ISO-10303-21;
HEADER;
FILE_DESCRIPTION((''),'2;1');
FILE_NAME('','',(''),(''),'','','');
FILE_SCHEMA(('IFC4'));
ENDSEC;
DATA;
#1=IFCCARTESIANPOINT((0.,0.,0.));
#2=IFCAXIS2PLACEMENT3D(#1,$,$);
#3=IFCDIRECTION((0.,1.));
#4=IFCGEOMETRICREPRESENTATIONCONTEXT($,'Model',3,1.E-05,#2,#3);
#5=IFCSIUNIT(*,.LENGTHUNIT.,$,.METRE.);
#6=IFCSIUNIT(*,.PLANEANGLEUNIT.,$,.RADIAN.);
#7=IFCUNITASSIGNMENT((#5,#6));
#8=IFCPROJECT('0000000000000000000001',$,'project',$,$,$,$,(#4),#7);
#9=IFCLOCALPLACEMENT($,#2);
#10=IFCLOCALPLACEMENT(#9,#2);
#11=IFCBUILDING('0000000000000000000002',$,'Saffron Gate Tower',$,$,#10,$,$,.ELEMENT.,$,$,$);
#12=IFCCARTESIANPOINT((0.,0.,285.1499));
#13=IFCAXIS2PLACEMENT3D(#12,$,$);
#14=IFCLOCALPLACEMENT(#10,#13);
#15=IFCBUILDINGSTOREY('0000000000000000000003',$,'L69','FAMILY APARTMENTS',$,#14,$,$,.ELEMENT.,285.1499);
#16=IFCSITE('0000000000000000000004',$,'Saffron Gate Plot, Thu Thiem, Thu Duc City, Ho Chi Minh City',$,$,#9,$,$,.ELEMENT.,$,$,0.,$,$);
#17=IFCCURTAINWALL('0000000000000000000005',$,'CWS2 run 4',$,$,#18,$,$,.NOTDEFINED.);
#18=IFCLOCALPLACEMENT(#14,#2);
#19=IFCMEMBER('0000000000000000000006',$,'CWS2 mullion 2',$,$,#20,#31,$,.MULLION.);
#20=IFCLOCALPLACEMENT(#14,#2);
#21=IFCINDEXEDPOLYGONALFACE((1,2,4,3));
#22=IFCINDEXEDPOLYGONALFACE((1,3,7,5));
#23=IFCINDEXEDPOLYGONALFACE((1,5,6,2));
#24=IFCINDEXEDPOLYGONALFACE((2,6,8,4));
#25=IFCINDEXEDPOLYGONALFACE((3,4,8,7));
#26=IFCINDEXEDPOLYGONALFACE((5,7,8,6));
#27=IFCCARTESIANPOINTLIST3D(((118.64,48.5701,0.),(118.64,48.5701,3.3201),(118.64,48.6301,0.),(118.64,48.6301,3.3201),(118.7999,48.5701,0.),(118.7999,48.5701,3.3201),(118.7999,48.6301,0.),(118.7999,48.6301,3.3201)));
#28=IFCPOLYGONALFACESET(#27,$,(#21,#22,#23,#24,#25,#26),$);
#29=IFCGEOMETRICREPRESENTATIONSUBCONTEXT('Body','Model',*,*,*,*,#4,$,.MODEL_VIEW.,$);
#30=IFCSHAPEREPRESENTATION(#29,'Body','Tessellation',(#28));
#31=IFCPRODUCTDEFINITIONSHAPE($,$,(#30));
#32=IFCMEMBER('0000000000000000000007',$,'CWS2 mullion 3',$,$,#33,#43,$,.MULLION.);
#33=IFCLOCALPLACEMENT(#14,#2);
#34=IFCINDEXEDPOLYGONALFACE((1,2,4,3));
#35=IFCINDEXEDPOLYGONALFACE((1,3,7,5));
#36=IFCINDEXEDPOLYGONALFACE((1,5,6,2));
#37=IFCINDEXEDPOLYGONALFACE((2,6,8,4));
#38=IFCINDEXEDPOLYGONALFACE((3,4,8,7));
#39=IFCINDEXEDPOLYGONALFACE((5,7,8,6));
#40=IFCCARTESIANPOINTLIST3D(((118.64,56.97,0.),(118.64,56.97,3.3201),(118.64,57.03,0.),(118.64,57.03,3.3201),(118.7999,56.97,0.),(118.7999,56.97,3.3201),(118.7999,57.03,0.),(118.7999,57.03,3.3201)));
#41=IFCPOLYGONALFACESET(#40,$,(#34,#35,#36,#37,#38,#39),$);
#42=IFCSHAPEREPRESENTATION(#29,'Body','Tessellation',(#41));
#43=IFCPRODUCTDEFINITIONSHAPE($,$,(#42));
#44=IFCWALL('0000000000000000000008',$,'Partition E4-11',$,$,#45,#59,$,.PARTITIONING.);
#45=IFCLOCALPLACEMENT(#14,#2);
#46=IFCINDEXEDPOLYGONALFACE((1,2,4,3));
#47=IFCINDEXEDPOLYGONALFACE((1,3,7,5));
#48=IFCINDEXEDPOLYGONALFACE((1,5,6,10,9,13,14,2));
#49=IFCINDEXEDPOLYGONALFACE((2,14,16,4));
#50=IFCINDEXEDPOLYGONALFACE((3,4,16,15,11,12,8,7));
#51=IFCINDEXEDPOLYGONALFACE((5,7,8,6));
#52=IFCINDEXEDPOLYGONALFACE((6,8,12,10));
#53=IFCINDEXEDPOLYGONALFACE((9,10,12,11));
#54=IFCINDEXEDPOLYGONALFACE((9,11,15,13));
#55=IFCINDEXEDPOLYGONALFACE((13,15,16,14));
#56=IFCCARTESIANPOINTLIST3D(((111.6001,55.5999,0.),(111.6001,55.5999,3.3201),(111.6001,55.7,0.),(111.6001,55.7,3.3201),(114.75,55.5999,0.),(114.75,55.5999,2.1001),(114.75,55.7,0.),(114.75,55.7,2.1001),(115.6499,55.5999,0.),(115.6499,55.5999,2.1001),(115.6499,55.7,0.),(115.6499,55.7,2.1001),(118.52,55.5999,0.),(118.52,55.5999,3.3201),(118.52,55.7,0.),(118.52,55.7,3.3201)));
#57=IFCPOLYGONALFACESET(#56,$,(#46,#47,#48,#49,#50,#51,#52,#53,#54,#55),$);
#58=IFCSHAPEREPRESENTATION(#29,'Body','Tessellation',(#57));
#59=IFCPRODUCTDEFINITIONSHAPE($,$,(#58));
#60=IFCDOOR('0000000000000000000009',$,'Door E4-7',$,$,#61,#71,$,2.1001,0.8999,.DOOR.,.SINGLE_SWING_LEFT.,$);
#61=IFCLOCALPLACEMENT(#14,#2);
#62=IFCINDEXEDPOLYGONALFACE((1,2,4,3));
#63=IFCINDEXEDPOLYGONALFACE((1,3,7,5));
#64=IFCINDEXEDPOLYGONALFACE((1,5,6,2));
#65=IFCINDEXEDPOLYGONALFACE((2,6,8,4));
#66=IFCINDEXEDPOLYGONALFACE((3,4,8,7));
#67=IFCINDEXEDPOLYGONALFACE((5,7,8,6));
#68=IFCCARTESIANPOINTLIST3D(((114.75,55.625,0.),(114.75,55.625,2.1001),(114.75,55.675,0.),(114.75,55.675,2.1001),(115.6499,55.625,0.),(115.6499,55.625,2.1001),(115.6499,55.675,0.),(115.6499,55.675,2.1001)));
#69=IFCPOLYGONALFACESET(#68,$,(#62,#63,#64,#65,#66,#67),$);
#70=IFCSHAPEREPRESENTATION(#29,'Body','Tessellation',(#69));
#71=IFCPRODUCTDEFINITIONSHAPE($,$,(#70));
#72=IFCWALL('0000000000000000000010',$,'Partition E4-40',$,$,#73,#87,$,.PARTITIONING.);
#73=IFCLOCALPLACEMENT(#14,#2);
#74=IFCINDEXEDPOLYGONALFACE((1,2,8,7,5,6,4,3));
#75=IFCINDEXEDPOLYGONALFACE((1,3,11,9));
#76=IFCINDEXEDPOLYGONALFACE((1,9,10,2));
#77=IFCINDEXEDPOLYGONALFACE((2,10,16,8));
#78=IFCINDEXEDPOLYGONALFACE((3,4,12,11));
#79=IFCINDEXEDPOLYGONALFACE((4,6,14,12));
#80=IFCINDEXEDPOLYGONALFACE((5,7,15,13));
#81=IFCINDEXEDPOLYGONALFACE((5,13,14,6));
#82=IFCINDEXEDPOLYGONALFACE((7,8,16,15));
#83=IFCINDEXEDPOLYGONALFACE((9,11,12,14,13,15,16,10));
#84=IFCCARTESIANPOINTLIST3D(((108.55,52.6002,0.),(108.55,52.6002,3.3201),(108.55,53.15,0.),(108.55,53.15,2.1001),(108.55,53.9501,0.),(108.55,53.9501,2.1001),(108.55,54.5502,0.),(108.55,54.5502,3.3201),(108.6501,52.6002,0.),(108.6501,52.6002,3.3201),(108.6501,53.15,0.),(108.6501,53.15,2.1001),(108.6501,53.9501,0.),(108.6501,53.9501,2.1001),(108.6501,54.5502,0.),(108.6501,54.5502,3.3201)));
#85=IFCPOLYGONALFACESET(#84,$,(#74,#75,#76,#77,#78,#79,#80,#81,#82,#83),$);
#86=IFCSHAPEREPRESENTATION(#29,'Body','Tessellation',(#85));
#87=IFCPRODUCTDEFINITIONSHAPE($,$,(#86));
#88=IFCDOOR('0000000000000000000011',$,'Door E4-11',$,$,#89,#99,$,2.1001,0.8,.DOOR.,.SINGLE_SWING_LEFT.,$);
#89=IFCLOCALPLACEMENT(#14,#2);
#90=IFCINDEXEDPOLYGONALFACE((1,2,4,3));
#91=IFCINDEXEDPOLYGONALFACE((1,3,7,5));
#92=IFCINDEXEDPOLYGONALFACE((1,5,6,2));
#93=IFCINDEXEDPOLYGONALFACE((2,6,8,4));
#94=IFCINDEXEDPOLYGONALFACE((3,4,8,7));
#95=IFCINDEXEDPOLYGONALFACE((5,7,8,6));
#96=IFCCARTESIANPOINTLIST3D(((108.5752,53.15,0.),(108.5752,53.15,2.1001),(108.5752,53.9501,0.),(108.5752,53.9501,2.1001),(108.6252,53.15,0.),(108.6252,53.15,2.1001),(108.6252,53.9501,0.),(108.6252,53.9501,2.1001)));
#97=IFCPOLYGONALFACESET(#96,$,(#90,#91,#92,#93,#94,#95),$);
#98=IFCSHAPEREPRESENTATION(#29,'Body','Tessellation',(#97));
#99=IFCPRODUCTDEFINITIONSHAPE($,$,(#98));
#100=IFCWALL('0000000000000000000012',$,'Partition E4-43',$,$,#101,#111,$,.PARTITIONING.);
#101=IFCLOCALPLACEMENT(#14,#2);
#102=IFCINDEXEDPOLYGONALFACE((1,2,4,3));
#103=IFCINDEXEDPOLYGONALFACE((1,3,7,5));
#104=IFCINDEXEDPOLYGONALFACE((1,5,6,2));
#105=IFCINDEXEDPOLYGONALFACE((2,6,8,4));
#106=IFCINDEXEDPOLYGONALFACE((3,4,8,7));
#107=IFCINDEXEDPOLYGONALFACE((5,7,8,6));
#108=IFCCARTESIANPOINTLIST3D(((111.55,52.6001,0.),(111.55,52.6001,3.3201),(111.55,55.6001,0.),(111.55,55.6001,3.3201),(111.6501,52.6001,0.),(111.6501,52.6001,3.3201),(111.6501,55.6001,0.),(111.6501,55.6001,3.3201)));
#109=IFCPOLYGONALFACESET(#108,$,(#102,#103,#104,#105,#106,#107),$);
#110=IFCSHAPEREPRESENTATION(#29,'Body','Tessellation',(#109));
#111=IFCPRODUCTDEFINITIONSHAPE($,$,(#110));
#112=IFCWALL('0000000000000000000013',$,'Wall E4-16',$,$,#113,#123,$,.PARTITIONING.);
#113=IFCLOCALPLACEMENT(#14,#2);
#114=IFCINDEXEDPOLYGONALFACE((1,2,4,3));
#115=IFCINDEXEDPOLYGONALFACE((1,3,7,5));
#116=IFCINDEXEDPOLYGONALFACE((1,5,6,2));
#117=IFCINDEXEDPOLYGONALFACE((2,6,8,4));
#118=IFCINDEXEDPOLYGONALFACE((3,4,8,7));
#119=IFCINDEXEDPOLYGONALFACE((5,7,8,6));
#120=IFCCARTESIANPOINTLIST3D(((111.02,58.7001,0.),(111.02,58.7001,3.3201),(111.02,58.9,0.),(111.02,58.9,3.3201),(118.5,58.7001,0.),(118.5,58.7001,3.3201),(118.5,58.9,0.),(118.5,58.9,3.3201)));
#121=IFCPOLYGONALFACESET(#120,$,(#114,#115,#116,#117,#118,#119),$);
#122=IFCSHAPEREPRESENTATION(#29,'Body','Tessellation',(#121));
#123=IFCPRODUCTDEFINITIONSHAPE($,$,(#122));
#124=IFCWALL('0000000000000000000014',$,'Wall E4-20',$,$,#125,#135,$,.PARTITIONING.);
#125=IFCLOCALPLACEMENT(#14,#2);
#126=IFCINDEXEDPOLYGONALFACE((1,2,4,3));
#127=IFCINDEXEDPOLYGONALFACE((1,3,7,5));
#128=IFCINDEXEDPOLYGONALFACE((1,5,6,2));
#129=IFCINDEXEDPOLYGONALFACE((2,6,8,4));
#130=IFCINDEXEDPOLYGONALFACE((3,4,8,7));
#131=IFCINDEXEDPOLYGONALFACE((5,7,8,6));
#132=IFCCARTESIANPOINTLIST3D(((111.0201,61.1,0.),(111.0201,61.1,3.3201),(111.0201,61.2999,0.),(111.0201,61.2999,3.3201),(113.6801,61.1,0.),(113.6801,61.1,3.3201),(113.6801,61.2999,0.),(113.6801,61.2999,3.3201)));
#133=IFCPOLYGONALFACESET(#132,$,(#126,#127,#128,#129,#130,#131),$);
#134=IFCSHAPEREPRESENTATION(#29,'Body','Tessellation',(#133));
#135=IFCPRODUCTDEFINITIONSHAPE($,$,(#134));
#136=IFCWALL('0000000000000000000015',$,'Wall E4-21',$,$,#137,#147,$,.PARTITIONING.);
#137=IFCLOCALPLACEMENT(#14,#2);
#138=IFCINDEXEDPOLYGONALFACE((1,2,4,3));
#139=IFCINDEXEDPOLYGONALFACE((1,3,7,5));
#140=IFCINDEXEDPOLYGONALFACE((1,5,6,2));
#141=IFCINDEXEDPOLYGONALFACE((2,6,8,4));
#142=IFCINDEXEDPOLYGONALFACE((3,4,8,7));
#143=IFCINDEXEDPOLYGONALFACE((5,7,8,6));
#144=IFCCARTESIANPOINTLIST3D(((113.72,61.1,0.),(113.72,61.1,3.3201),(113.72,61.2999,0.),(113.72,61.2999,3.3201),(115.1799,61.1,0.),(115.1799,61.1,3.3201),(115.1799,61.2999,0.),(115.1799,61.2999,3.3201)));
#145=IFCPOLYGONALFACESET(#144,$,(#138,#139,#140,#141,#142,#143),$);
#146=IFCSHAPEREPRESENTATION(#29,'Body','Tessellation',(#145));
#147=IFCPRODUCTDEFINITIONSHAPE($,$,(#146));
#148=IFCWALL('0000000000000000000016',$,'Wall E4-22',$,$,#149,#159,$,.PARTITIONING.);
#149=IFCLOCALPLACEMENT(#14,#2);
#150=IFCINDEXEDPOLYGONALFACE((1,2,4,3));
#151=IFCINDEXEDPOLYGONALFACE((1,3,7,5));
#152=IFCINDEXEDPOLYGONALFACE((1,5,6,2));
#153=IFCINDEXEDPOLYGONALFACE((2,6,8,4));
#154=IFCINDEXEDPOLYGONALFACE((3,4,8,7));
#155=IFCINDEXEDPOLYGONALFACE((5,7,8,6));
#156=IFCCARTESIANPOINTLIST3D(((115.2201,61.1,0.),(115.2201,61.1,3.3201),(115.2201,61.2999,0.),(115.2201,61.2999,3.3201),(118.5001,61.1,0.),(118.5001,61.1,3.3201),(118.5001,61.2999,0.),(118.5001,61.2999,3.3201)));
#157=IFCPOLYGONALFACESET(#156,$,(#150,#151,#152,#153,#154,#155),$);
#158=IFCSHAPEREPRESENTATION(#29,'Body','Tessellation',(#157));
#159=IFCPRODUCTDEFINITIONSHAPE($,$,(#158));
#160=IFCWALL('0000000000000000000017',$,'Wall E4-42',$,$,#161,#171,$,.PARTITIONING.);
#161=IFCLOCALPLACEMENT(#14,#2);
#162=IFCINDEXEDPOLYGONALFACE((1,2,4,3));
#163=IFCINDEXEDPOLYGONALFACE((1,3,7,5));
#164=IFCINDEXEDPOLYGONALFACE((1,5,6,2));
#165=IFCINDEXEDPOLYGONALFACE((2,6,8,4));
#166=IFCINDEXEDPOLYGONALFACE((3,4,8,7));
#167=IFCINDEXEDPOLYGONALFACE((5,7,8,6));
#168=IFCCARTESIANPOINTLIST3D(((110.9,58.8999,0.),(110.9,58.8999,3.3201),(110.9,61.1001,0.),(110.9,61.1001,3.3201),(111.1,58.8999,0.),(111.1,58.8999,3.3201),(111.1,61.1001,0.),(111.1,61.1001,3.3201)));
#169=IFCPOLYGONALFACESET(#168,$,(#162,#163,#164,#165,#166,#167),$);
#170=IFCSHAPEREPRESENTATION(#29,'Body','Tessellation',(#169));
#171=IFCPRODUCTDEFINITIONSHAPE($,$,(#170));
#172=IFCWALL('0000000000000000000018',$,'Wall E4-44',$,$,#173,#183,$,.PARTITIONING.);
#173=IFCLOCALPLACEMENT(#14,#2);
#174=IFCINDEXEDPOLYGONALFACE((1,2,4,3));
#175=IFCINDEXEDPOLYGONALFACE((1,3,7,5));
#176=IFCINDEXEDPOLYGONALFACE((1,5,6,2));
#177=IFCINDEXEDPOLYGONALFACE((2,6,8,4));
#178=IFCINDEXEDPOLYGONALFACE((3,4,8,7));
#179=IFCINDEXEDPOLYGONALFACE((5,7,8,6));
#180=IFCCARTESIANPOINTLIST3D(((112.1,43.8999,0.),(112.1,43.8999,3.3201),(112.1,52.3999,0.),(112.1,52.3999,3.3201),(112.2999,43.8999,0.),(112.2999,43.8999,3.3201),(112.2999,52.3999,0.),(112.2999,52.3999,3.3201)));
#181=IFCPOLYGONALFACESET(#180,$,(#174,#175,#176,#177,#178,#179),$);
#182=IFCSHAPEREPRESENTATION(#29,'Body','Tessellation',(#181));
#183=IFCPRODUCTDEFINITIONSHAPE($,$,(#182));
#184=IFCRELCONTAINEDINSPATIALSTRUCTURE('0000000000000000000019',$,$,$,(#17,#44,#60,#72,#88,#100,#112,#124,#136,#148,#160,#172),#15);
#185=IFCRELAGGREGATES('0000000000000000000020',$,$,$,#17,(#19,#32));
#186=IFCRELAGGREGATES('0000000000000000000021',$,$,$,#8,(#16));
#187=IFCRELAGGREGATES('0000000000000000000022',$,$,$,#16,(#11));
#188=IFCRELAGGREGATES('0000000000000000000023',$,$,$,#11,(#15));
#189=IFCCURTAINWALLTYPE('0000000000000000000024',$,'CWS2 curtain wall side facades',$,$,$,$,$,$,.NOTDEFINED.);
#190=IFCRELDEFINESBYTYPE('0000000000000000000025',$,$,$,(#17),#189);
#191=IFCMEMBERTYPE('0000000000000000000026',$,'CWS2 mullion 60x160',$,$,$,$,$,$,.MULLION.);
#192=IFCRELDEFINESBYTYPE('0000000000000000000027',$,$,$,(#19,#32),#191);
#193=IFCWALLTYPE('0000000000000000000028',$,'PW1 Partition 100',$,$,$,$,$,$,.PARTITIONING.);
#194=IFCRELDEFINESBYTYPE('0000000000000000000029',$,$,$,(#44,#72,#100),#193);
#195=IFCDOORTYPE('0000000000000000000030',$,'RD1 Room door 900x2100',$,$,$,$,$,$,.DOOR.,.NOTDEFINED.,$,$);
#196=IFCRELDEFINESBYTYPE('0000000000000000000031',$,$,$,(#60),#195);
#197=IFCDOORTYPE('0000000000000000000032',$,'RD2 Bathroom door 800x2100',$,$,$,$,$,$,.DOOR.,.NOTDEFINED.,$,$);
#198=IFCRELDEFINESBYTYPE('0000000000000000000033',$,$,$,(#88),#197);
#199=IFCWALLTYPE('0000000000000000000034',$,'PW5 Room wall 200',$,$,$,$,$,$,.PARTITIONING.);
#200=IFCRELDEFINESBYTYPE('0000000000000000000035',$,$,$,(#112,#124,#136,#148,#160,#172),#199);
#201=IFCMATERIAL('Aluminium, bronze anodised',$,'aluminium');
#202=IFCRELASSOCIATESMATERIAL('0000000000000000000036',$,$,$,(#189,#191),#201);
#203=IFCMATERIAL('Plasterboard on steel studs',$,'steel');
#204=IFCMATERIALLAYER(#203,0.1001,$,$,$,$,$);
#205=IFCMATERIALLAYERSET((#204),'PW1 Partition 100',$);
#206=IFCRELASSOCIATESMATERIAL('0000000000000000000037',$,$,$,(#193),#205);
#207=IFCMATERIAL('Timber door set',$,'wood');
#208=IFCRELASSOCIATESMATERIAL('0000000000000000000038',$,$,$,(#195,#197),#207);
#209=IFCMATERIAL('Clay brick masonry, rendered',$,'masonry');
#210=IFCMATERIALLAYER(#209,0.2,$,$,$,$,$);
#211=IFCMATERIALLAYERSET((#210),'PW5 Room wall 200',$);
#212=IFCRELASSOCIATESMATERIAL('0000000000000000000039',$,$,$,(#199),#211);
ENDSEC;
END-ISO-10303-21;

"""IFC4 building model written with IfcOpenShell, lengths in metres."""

from ifc_helpers import new_model, si_unit, direction, frame, frame_2d, origin, origin_2d, place, context, subcontext, project, spatial, rectangle, extrude, material, layer, layer_set, material_profile, profile_set, type_object, element, fill, aggregate, save


model = new_model("IFC4")

# Units and contexts
model_context = context("Model", 3, precision=1e-05, world=origin(), true_north=direction((0.0, 1.0)))
body_context = subcontext(model_context, "Body", "Model", "MODEL_VIEW")
ifc_project = project(units=[si_unit("LENGTHUNIT", "METRE"), si_unit("PLANEANGLEUNIT", "RADIAN")], contexts=[model_context])

# Site, building, storey
site_placement = place(None, origin())
site = spatial("IfcSite", under=ifc_project, at=site_placement, Name="Saffron Gate Plot, Thu Thiem, Thu Duc City, Ho Chi Minh City", CompositionType="ELEMENT", RefElevation=0.0)
building_placement = place(site_placement, origin())
building = spatial("IfcBuilding", under=site, at=building_placement, Name="Saffron Gate Tower", CompositionType="ELEMENT")
storey_placement = place(building_placement, frame((0.0, 0.0, 285.1499)))
storey = spatial("IfcBuildingStorey", under=building, at=storey_placement, Name="L69", Description="FAMILY APARTMENTS", CompositionType="ELEMENT", Elevation=285.1499)

# Curtain wall, members
ifc_material_1 = material(Name="Aluminium, bronze anodised", Category="aluminium")
curtain_wall_type = type_object("IfcCurtainWallType", Name="CWS2 curtain wall side facades", PredefinedType="NOTDEFINED", material=ifc_material_1)
curtain_wall_placement = place(storey_placement, origin())
curtain_wall = element("IfcCurtainWall", 1, at=curtain_wall_placement, inside=storey, type_object=curtain_wall_type, Name="CWS2 run 4", PredefinedType="NOTDEFINED")
ifc_material_profile_1 = material_profile(ifc_material_1, rectangle(XDim=0.1599, YDim=0.0601, at=origin_2d()))
ifc_profile_set_1 = profile_set([ifc_material_profile_1], Name="Aluminium, bronze anodised")
member_type = type_object("IfcMemberType", Name="CWS2 mullion 60x160", PredefinedType="MULLION", material=ifc_profile_set_1)
member_1_placement = place(storey_placement, frame((118.72, 48.6001, 0.0), z_axis=(0.0, 0.0, 1.0), x_axis=(-1.0, 0.0, 0.0)))
member_1 = element("IfcMember", 2, at=member_1_placement, type_object=member_type, Name="CWS2 mullion 2", PredefinedType="MULLION", context=body_context, shape_type="SweptSolid", body=[
    extrude(rectangle(XDim=0.1599, YDim=0.0601, at=origin_2d()), origin(), (0.0, 0.0, 1.0), 3.3201),
])
member_2_placement = place(storey_placement, frame((118.72, 57.0, 0.0), z_axis=(0.0, 0.0, 1.0), x_axis=(-1.0, 0.0, 0.0)))
member_2 = element("IfcMember", 3, at=member_2_placement, type_object=member_type, Name="CWS2 mullion 3", PredefinedType="MULLION", context=body_context, shape_type="SweptSolid", body=[
    extrude(rectangle(XDim=0.1599, YDim=0.0601, at=origin_2d()), origin(), (0.0, 0.0, 1.0), 3.3201),
])
aggregate(curtain_wall, [member_1, member_2])

# Walls, openings, doors
ifc_material_2 = material(Name="Plasterboard on steel studs", Category="steel")
ifc_layer_1 = layer(ifc_material_2, 0.1001)
ifc_layer_set_1 = layer_set([ifc_layer_1], Name="PW1 Partition 100")
wall_type_1 = type_object("IfcWallType", Name="PW1 Partition 100", PredefinedType="PARTITIONING", material=ifc_layer_set_1)
wall_1_placement = place(storey_placement, frame((118.52, 55.6499, 0.0), z_axis=(0.0, 0.0, 1.0), x_axis=(-1.0, 0.0, 0.0)))
wall_1 = element("IfcWall", 4, at=wall_1_placement, inside=storey, type_object=wall_type_1, Name="Partition E4-11", PredefinedType="PARTITIONING", context=body_context, shape_type="SweptSolid", body=[
    extrude(rectangle(XDim=6.9199, YDim=0.1001, at=frame_2d((3.46, 0.0))), origin(), (0.0, 0.0, 1.0), 3.3201),
])
opening_1_placement = place(wall_1_placement, frame((2.8701, 0.0, 0.0)))
opening_1 = element("IfcOpeningElement", 5, at=opening_1_placement, cuts=wall_1, PredefinedType="OPENING", context=body_context, shape_type="SweptSolid", body=[
    extrude(rectangle(XDim=0.8999, YDim=2.1001, at=frame_2d((0.45, 1.05))), frame((0.0, 0.0601, 0.0), z_axis=(0.0, -1.0, 0.0), x_axis=(1.0, 0.0, 0.0)), (0.0, 0.0, 1.0), 0.1201),
])
ifc_material_3 = material(Name="Timber door set", Category="wood")
door_type_1 = type_object("IfcDoorType", Name="RD1 Room door 900x2100", OperationType="NOTDEFINED", PredefinedType="DOOR", material=ifc_material_3)
door_1_placement = place(opening_1_placement, origin())
door_1 = element("IfcDoor", 6, at=door_1_placement, inside=storey, type_object=door_type_1, Name="Door E4-7", OperationType="SINGLE_SWING_LEFT", OverallHeight=2.1001, OverallWidth=0.8999, PredefinedType="DOOR", context=body_context, shape_type="SweptSolid", body=[
    extrude(rectangle(XDim=0.8999, YDim=2.1001, at=frame_2d((0.45, 1.05))), frame((0.0, 0.0249, 0.0), z_axis=(0.0, -1.0, 0.0), x_axis=(1.0, 0.0, 0.0)), (0.0, 0.0, 1.0), 0.05),
])
fill(opening_1, door_1)
wall_2_placement = place(storey_placement, frame((108.6001, 52.6001, 0.0), z_axis=(0.0, 0.0, 1.0), x_axis=(0.0, 1.0, 0.0)))
wall_2 = element("IfcWall", 7, at=wall_2_placement, inside=storey, type_object=wall_type_1, Name="Partition E4-40", PredefinedType="PARTITIONING", context=body_context, shape_type="SweptSolid", body=[
    extrude(rectangle(XDim=1.95, YDim=0.1001, at=frame_2d((0.9751, 0.0))), origin(), (0.0, 0.0, 1.0), 3.3201),
])
opening_2_placement = place(wall_2_placement, frame((0.55, 0.0, 0.0)))
opening_2 = element("IfcOpeningElement", 8, at=opening_2_placement, cuts=wall_2, PredefinedType="OPENING", context=body_context, shape_type="SweptSolid", body=[
    extrude(rectangle(XDim=0.8, YDim=2.1001, at=frame_2d((0.3999, 1.05))), frame((0.0, 0.0601, 0.0), z_axis=(0.0, -1.0, 0.0), x_axis=(1.0, 0.0, 0.0)), (0.0, 0.0, 1.0), 0.1201),
])
door_type_2 = type_object("IfcDoorType", Name="RD2 Bathroom door 800x2100", OperationType="NOTDEFINED", PredefinedType="DOOR", material=ifc_material_3)
door_2_placement = place(opening_2_placement, origin())
door_2 = element("IfcDoor", 9, at=door_2_placement, inside=storey, type_object=door_type_2, Name="Door E4-11", OperationType="SINGLE_SWING_LEFT", OverallHeight=2.1001, OverallWidth=0.8, PredefinedType="DOOR", context=body_context, shape_type="SweptSolid", body=[
    extrude(rectangle(XDim=0.8, YDim=2.1001, at=frame_2d((0.3999, 1.05))), frame((0.0, 0.0249, 0.0), z_axis=(0.0, -1.0, 0.0), x_axis=(1.0, 0.0, 0.0)), (0.0, 0.0, 1.0), 0.05),
])
fill(opening_2, door_2)

# Walls
wall_3_placement = place(storey_placement, frame((111.6001, 55.6001, 0.0), z_axis=(0.0, 0.0, 1.0), x_axis=(0.0, -1.0, 0.0)))
element("IfcWall", 10, at=wall_3_placement, inside=storey, type_object=wall_type_1, Name="Partition E4-43", PredefinedType="PARTITIONING", context=body_context, shape_type="SweptSolid", body=[
    extrude(rectangle(XDim=3.0, YDim=0.1001, at=frame_2d((1.5, 0.0))), origin(), (0.0, 0.0, 1.0), 3.3201),
])
ifc_material_4 = material(Name="Clay brick masonry, rendered", Category="masonry")
ifc_layer_2 = layer(ifc_material_4, 0.2)
ifc_layer_set_2 = layer_set([ifc_layer_2], Name="PW5 Room wall 200")
wall_type_2 = type_object("IfcWallType", Name="PW5 Room wall 200", PredefinedType="PARTITIONING", material=ifc_layer_set_2)
wall_4_placement = place(storey_placement, frame((111.02, 58.8, 0.0), z_axis=(0.0, 0.0, 1.0), x_axis=(1.0, 0.0, 0.0)))
element("IfcWall", 11, at=wall_4_placement, inside=storey, type_object=wall_type_2, Name="Wall E4-16", PredefinedType="PARTITIONING", context=body_context, shape_type="SweptSolid", body=[
    extrude(rectangle(XDim=7.48, YDim=0.2, at=frame_2d((3.74, 0.0))), origin(), (0.0, 0.0, 1.0), 3.3201),
])
wall_5_placement = place(storey_placement, frame((111.02, 61.2, 0.0), z_axis=(0.0, 0.0, 1.0), x_axis=(1.0, 0.0, 0.0)))
element("IfcWall", 12, at=wall_5_placement, inside=storey, type_object=wall_type_2, Name="Wall E4-20", PredefinedType="PARTITIONING", context=body_context, shape_type="SweptSolid", body=[
    extrude(rectangle(XDim=2.6599, YDim=0.2, at=frame_2d((1.3301, 0.0))), origin(), (0.0, 0.0, 1.0), 3.3201),
])
wall_6_placement = place(storey_placement, frame((113.72, 61.2, 0.0), z_axis=(0.0, 0.0, 1.0), x_axis=(1.0, 0.0, 0.0)))
element("IfcWall", 13, at=wall_6_placement, inside=storey, type_object=wall_type_2, Name="Wall E4-21", PredefinedType="PARTITIONING", context=body_context, shape_type="SweptSolid", body=[
    extrude(rectangle(XDim=1.46, YDim=0.2, at=frame_2d((0.73, 0.0))), origin(), (0.0, 0.0, 1.0), 3.3201),
])
wall_7_placement = place(storey_placement, frame((115.22, 61.2, 0.0), z_axis=(0.0, 0.0, 1.0), x_axis=(1.0, 0.0, 0.0)))
element("IfcWall", 14, at=wall_7_placement, inside=storey, type_object=wall_type_2, Name="Wall E4-22", PredefinedType="PARTITIONING", context=body_context, shape_type="SweptSolid", body=[
    extrude(rectangle(XDim=3.28, YDim=0.2, at=frame_2d((1.6401, 0.0))), origin(), (0.0, 0.0, 1.0), 3.3201),
])
wall_8_placement = place(storey_placement, frame((111.0, 61.1001, 0.0), z_axis=(0.0, 0.0, 1.0), x_axis=(0.0, -1.0, 0.0)))
element("IfcWall", 15, at=wall_8_placement, inside=storey, type_object=wall_type_2, Name="Wall E4-42", PredefinedType="PARTITIONING", context=body_context, shape_type="SweptSolid", body=[
    extrude(rectangle(XDim=2.2002, YDim=0.2, at=frame_2d((1.1001, 0.0))), origin(), (0.0, 0.0, 1.0), 3.3201),
])
wall_9_placement = place(storey_placement, frame((112.2, 52.3999, 0.0), z_axis=(0.0, 0.0, 1.0), x_axis=(0.0, -1.0, 0.0)))
element("IfcWall", 16, at=wall_9_placement, inside=storey, type_object=wall_type_2, Name="Wall E4-44", PredefinedType="PARTITIONING", context=body_context, shape_type="SweptSolid", body=[
    extrude(rectangle(XDim=8.5, YDim=0.2, at=frame_2d((4.25, 0.0))), origin(), (0.0, 0.0, 1.0), 3.3201),
])

save(model, "model.ifc")
